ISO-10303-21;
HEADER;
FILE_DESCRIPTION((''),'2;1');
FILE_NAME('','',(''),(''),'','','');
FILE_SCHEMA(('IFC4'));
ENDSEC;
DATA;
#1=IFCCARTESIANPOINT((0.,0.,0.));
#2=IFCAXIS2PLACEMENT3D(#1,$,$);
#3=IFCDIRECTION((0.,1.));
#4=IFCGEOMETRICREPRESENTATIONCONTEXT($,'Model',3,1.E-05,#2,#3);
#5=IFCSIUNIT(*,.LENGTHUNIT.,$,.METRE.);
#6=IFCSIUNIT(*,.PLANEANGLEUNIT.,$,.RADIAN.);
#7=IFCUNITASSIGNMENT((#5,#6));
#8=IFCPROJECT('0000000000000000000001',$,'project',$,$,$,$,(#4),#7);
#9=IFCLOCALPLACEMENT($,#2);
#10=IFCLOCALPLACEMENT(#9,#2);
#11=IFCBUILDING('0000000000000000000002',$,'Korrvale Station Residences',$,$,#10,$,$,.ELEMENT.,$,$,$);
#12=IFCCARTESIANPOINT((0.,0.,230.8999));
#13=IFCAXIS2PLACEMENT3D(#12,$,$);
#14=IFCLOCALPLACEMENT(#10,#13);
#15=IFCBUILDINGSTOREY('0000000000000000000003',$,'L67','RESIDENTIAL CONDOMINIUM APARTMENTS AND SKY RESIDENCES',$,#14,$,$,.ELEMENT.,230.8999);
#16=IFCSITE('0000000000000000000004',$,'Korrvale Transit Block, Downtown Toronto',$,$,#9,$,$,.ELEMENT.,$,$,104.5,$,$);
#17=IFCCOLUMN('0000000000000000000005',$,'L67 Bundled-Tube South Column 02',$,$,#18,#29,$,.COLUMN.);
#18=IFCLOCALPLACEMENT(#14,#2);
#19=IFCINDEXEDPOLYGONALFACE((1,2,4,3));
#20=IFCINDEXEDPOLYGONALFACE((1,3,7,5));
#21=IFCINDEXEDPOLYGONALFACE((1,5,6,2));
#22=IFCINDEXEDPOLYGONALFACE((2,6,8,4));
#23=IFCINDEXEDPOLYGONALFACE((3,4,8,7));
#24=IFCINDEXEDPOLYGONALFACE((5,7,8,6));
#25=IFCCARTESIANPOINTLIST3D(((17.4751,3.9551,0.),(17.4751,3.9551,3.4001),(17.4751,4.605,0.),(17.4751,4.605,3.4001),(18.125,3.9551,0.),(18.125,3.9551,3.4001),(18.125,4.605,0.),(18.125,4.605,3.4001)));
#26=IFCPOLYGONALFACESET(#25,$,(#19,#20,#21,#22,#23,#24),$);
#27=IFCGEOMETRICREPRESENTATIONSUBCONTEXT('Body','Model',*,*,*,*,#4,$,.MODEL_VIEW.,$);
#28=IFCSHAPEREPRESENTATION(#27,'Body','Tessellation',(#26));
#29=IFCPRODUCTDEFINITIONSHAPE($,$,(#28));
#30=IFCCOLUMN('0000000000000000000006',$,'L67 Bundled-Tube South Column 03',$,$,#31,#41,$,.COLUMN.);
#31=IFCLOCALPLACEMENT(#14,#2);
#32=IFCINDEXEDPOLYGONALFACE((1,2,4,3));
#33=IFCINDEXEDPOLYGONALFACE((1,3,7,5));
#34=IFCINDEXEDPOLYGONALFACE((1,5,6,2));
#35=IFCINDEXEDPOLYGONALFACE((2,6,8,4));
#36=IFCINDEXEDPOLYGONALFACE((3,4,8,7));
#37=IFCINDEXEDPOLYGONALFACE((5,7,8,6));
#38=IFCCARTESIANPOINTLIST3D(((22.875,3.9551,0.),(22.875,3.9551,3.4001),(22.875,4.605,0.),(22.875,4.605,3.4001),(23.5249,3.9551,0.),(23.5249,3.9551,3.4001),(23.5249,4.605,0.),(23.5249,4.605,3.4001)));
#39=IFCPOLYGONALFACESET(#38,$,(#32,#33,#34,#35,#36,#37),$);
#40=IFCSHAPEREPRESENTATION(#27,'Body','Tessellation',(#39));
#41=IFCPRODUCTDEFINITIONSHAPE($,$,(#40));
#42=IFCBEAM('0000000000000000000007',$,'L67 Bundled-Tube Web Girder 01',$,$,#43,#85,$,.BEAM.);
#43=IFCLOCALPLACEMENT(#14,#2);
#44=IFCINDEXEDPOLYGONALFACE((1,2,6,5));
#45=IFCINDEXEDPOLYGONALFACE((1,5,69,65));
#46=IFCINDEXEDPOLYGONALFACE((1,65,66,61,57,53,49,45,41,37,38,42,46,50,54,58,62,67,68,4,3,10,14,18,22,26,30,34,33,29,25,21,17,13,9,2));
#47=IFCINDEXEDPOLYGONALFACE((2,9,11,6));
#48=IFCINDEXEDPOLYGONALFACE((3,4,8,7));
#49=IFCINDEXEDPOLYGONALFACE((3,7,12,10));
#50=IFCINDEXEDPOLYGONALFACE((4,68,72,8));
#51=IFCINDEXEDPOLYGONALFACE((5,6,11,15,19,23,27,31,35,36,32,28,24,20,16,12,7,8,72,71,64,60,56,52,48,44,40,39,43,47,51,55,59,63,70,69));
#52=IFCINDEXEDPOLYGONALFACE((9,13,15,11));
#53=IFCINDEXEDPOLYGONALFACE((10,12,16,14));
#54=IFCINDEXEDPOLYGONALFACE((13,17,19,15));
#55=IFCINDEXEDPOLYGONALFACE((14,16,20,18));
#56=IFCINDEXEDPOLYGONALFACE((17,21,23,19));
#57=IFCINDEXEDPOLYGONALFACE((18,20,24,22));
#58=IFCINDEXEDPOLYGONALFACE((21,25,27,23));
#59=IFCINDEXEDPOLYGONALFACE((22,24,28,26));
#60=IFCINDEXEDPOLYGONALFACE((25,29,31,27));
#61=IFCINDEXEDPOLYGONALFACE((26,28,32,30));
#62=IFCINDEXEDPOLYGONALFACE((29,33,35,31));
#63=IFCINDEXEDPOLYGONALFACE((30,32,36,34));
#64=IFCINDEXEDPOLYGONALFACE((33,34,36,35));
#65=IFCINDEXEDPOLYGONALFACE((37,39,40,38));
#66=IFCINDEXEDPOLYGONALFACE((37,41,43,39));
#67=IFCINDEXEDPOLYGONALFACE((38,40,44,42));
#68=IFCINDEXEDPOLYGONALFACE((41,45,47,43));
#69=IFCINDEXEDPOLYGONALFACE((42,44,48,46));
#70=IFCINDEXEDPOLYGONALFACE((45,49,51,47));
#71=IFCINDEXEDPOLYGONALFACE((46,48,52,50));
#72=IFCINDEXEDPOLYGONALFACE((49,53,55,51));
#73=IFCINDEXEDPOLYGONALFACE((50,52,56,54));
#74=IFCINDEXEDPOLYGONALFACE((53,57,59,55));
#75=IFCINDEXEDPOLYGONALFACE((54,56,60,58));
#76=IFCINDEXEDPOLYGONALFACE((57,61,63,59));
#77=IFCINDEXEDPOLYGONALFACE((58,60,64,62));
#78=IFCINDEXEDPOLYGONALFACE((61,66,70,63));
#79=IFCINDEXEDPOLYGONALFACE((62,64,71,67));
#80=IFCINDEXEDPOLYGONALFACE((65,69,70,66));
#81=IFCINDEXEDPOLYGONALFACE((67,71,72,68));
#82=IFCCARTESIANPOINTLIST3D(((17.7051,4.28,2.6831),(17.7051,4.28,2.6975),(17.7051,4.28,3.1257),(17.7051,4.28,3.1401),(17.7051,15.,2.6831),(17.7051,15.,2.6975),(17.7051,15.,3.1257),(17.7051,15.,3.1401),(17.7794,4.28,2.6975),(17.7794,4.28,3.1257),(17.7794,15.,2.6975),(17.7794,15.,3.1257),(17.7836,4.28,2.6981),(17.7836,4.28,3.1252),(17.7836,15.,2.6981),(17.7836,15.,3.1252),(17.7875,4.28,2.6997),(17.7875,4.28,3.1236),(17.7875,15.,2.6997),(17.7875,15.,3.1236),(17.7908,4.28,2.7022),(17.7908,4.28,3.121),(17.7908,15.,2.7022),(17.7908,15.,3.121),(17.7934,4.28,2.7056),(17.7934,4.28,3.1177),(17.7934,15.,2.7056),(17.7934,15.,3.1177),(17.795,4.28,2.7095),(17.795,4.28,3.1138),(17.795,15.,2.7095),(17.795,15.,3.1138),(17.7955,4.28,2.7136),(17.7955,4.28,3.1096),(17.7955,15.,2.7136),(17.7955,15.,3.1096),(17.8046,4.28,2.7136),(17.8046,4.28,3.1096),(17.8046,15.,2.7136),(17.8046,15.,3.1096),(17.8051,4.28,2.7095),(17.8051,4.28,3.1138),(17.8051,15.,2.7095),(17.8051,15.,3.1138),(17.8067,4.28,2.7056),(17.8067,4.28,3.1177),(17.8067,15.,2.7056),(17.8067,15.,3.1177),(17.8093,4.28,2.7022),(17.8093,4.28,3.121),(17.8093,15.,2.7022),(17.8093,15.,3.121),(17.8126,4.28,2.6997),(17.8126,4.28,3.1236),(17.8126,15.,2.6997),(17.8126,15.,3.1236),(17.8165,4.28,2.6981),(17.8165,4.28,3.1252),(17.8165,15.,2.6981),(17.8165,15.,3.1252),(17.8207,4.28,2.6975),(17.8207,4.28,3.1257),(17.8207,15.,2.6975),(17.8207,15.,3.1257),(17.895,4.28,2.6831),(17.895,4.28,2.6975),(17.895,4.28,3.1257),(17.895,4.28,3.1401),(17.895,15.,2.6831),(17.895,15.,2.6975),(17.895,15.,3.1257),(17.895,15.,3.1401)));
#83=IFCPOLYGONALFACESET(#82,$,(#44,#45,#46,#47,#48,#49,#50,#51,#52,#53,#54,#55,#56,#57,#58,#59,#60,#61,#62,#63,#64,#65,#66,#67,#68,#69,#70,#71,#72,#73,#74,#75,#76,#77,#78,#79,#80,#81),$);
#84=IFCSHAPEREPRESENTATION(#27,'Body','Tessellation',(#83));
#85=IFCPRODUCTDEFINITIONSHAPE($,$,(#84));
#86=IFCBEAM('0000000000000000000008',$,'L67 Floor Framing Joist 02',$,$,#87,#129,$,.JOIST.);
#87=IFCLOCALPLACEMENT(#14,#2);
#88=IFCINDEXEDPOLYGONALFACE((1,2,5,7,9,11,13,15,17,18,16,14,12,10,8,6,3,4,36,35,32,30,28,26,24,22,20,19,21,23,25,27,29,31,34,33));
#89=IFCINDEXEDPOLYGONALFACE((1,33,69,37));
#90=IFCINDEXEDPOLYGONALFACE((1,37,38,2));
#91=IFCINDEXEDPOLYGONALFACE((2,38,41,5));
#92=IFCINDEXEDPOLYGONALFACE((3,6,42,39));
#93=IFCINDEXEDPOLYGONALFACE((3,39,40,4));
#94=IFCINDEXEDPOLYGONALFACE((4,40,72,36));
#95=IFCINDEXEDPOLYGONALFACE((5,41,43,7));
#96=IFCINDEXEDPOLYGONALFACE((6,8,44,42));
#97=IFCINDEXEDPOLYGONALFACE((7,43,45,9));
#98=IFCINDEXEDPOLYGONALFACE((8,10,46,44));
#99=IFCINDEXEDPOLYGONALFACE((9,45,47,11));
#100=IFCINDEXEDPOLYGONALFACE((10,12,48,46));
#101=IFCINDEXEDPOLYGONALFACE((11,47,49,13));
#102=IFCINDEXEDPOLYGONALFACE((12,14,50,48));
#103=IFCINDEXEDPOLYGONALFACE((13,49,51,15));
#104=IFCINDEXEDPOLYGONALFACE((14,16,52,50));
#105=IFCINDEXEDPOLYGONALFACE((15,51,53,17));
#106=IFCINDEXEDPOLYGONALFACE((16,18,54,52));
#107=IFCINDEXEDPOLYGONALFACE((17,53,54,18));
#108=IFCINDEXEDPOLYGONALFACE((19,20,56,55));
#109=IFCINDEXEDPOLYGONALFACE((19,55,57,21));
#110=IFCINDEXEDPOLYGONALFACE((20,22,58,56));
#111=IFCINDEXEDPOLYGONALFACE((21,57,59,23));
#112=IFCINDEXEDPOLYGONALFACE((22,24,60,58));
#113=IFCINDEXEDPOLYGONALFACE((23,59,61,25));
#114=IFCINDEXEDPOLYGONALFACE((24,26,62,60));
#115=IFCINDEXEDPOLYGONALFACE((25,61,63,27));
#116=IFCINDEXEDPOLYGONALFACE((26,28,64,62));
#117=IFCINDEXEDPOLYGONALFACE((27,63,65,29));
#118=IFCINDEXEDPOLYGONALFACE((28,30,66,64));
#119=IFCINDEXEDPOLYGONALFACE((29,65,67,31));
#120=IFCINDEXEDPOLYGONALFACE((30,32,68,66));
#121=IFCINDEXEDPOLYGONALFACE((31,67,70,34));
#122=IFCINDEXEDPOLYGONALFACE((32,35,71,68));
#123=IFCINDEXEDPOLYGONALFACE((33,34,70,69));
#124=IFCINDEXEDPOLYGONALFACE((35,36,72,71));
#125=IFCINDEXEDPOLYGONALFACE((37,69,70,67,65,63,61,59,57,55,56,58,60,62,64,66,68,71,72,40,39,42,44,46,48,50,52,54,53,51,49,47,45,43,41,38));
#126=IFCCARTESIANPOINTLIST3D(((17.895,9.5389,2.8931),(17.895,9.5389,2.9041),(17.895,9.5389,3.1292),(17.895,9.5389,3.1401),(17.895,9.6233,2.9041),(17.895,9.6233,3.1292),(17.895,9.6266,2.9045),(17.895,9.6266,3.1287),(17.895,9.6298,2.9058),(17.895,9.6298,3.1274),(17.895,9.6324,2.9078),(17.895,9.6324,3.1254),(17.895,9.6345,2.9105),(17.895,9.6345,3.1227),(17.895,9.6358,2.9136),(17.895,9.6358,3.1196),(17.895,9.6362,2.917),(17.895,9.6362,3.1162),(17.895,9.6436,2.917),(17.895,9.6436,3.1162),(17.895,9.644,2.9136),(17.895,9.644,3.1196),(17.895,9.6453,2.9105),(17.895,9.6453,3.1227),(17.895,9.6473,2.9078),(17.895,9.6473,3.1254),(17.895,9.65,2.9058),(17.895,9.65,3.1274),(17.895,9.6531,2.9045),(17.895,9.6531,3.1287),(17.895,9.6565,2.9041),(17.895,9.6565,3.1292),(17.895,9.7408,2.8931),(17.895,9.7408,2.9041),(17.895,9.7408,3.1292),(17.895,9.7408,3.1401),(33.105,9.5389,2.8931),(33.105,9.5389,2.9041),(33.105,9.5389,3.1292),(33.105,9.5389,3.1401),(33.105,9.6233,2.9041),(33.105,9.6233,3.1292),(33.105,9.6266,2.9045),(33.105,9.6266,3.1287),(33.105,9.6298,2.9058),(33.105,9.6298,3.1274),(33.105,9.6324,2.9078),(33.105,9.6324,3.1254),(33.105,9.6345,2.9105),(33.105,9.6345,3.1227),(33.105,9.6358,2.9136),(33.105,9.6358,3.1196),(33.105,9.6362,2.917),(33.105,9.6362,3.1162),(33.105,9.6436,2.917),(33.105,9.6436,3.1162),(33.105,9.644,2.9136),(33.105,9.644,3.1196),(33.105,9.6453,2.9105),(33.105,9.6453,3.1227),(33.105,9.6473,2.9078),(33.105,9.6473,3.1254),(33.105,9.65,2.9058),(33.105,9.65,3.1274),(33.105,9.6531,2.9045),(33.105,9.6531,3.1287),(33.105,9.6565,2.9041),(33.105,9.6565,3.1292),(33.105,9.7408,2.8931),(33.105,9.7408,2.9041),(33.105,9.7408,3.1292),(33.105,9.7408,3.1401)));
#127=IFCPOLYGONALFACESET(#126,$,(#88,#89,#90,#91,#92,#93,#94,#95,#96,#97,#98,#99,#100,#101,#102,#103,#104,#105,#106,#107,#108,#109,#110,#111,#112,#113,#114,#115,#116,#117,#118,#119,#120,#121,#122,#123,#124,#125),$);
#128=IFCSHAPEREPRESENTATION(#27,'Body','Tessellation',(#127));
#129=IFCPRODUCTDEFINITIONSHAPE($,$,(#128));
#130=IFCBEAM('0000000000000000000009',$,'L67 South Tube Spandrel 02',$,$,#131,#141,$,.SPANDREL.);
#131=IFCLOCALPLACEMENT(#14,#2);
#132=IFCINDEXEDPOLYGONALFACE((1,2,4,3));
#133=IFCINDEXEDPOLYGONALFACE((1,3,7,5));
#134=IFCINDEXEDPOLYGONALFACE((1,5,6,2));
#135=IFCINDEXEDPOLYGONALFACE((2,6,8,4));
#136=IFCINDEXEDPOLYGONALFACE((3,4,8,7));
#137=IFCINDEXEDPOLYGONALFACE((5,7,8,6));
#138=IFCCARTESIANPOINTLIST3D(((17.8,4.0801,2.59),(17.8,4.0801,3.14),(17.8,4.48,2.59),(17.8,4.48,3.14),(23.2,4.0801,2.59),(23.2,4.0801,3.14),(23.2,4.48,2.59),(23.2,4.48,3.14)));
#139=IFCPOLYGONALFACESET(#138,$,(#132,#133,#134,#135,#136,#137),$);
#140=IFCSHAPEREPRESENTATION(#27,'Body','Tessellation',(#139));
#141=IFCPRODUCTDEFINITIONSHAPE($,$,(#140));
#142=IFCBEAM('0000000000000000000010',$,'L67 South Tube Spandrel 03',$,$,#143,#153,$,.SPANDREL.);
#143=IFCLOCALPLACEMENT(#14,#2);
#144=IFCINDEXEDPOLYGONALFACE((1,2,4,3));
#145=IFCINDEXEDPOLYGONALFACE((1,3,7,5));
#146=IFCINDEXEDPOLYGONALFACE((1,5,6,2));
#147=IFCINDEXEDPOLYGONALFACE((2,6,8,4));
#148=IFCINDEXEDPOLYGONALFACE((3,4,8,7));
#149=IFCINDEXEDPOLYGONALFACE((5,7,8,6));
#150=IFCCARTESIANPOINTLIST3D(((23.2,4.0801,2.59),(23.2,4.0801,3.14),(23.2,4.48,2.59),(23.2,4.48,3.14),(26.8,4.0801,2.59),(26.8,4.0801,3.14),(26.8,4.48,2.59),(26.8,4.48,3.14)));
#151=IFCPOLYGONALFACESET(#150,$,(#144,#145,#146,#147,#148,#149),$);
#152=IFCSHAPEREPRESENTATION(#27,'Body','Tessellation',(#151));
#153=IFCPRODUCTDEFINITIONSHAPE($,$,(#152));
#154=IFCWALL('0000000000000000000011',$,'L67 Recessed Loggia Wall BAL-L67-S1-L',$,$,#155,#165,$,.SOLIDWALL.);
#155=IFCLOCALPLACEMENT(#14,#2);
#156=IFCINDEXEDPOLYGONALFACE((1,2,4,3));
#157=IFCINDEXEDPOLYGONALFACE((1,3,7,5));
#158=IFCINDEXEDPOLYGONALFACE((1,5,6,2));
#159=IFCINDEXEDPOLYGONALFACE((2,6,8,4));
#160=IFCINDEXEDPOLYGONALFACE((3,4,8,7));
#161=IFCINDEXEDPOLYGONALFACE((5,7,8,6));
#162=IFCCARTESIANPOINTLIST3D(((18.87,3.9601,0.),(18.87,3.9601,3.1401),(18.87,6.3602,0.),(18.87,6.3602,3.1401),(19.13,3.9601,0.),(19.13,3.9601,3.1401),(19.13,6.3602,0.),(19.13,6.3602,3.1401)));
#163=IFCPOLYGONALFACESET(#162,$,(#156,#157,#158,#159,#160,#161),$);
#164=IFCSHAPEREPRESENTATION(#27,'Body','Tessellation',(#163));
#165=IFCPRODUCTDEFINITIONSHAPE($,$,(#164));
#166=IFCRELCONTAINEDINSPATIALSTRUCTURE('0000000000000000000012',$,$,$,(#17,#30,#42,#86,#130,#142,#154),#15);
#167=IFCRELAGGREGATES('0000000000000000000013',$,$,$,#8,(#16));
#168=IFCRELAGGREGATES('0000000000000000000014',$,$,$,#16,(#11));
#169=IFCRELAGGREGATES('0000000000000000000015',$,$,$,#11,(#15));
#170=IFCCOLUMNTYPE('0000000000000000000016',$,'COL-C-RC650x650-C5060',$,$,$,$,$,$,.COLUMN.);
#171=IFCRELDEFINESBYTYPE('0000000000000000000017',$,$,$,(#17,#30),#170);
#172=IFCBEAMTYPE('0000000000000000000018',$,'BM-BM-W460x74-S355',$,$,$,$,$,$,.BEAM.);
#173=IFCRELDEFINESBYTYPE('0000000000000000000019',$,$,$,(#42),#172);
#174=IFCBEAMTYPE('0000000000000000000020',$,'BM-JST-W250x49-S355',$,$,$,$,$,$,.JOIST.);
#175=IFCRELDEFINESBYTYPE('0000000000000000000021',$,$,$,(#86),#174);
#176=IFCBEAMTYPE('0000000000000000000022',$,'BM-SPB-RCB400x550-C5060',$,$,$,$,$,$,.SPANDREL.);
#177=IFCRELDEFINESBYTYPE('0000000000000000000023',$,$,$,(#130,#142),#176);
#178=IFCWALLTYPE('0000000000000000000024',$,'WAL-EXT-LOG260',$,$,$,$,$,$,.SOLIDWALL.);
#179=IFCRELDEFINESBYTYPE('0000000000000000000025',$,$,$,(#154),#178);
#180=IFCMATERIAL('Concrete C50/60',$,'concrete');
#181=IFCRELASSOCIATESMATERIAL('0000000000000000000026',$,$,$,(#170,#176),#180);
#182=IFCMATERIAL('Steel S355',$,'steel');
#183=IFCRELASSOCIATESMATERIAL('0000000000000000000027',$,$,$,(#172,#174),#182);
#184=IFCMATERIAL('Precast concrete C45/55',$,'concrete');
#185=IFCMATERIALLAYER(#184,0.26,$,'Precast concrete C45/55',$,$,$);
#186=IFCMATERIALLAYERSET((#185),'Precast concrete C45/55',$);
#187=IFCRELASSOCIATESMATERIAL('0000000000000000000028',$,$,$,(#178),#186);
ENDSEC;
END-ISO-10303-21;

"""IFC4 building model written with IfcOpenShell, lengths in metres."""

from ifc_helpers import new_model, si_unit, direction, frame, frame_2d, origin, origin_2d, place, context, subcontext, project, spatial, rectangle, i_section, extrude, material, layer, layer_set, material_profile, profile_set, type_object, element, save


model = new_model("IFC4")

# Units and contexts
model_context = context("Model", 3, precision=1e-05, world=origin(), true_north=direction((0.0, 1.0)))
body_context = subcontext(model_context, "Body", "Model", "MODEL_VIEW")
ifc_project = project(units=[si_unit("LENGTHUNIT", "METRE"), si_unit("PLANEANGLEUNIT", "RADIAN")], contexts=[model_context])

# Site, building, storey
site_placement = place(None, origin())
site = spatial("IfcSite", under=ifc_project, at=site_placement, Name="Korrvale Transit Block, Downtown Toronto", CompositionType="ELEMENT", RefElevation=104.5)
building_placement = place(site_placement, origin())
building = spatial("IfcBuilding", under=site, at=building_placement, Name="Korrvale Station Residences", CompositionType="ELEMENT")
storey_placement = place(building_placement, frame((0.0, 0.0, 230.8999)))
storey = spatial("IfcBuildingStorey", under=building, at=storey_placement, Name="L67", Description="RESIDENTIAL CONDOMINIUM APARTMENTS AND SKY RESIDENCES", CompositionType="ELEMENT", Elevation=230.8999)

# Columns
ifc_material_1 = material(Name="Concrete C50/60", Category="concrete")
ifc_material_profile_1 = material_profile(ifc_material_1, rectangle(XDim=0.6499, YDim=0.6499, at=origin_2d()), Name="RC650x650")
ifc_profile_set_1 = profile_set([ifc_material_profile_1], Name="Concrete C50/60")
column_type = type_object("IfcColumnType", Name="COL-C-RC650x650-C5060", PredefinedType="COLUMN", material=ifc_profile_set_1)
for number, where, z_axis, x_axis, name in (
    (1, (17.8, 4.28, 0.0), (0.0, 0.0, 1.0), (1.0, 0.0, 0.0), "L67 Bundled-Tube South Column 02"),
    (2, (23.2, 4.28, 0.0), (0.0, 0.0, 1.0), (1.0, 0.0, 0.0), "L67 Bundled-Tube South Column 03"),
):
    element("IfcColumn", number, at=place(storey_placement, frame(where, z_axis=z_axis, x_axis=x_axis)), inside=storey, type_object=column_type, Name=name, PredefinedType="COLUMN", context=body_context, shape_type="SweptSolid", body=[
        extrude(rectangle(XDim=0.6499, YDim=0.6499, at=origin_2d()), origin(), (0.0, 0.0, 1.0), 3.4001),
    ])

# Beams
ifc_material_2 = material(Name="Steel S355", Category="steel")
ifc_material_profile_2 = material_profile(ifc_material_2, i_section(OverallWidth=0.1899, OverallDepth=0.457, WebThickness=0.009, FlangeThickness=0.0144, FilletRadius=0.0161, at=origin_2d()), Name="W460x74")
ifc_profile_set_2 = profile_set([ifc_material_profile_2], Name="Steel S355")
beam_type_1 = type_object("IfcBeamType", Name="BM-BM-W460x74-S355", PredefinedType="BEAM", material=ifc_profile_set_2)
beam_1_placement = place(storey_placement, frame((17.8, 4.28, 2.9116), z_axis=(0.0, 1.0, 0.0), x_axis=(-1.0, 0.0, 0.0)))
element("IfcBeam", 3, at=beam_1_placement, inside=storey, type_object=beam_type_1, Name="L67 Bundled-Tube Web Girder 01", PredefinedType="BEAM", context=body_context, shape_type="SweptSolid", body=[
    extrude(i_section(OverallWidth=0.1899, OverallDepth=0.457, WebThickness=0.009, FlangeThickness=0.0144, FilletRadius=0.0161, at=origin_2d()), origin(), (0.0, 0.0, 1.0), 10.72),
])
ifc_material_profile_3 = material_profile(ifc_material_2, i_section(OverallWidth=0.2019, OverallDepth=0.2471, WebThickness=0.0073, FlangeThickness=0.011, FilletRadius=0.0129, at=origin_2d()), Name="W250x49")
ifc_profile_set_3 = profile_set([ifc_material_profile_3], Name="Steel S355")
beam_type_2 = type_object("IfcBeamType", Name="BM-JST-W250x49-S355", PredefinedType="JOIST", material=ifc_profile_set_3)
beam_2_placement = place(storey_placement, frame((17.895, 9.6399, 3.0166), z_axis=(1.0, 0.0, 0.0), x_axis=(0.0, 1.0, 0.0)))
element("IfcBeam", 4, at=beam_2_placement, inside=storey, type_object=beam_type_2, Name="L67 Floor Framing Joist 02", PredefinedType="JOIST", context=body_context, shape_type="SweptSolid", body=[
    extrude(i_section(OverallWidth=0.2019, OverallDepth=0.2471, WebThickness=0.0073, FlangeThickness=0.011, FilletRadius=0.0129, at=origin_2d()), origin(), (0.0, 0.0, 1.0), 15.21),
])
ifc_material_profile_4 = material_profile(ifc_material_1, rectangle(XDim=0.3999, YDim=0.55, at=origin_2d()), Name="RCB400x550")
ifc_profile_set_4 = profile_set([ifc_material_profile_4], Name="Concrete C50/60")
beam_type_3 = type_object("IfcBeamType", Name="BM-SPB-RCB400x550-C5060", PredefinedType="SPANDREL", material=ifc_profile_set_4)
beam_3_placement = place(storey_placement, frame((17.8, 4.28, 2.865), z_axis=(1.0, 0.0, 0.0), x_axis=(0.0, 1.0, 0.0)))
element("IfcBeam", 5, at=beam_3_placement, inside=storey, type_object=beam_type_3, Name="L67 South Tube Spandrel 02", PredefinedType="SPANDREL", context=body_context, shape_type="SweptSolid", body=[
    extrude(rectangle(XDim=0.3999, YDim=0.55, at=origin_2d()), origin(), (0.0, 0.0, 1.0), 5.3999),
])
beam_4_placement = place(storey_placement, frame((23.2, 4.28, 2.865), z_axis=(1.0, 0.0, 0.0), x_axis=(0.0, 1.0, 0.0)))
element("IfcBeam", 6, at=beam_4_placement, inside=storey, type_object=beam_type_3, Name="L67 South Tube Spandrel 03", PredefinedType="SPANDREL", context=body_context, shape_type="SweptSolid", body=[
    extrude(rectangle(XDim=0.3999, YDim=0.55, at=origin_2d()), origin(), (0.0, 0.0, 1.0), 3.6001),
])

# Wall
ifc_material_3 = material(Name="Precast concrete C45/55", Category="concrete")
ifc_layer_1 = layer(ifc_material_3, 0.26, Name="Precast concrete C45/55")
ifc_layer_set_1 = layer_set([ifc_layer_1], Name="Precast concrete C45/55")
wall_type_1 = type_object("IfcWallType", Name="WAL-EXT-LOG260", PredefinedType="SOLIDWALL", material=ifc_layer_set_1)
wall_1_placement = place(storey_placement, frame((19.0, 3.96, 0.0), z_axis=(0.0, 0.0, 1.0), x_axis=(0.0, 1.0, 0.0)))
element("IfcWall", 7, at=wall_1_placement, inside=storey, type_object=wall_type_1, Name="L67 Recessed Loggia Wall BAL-L67-S1-L", PredefinedType="SOLIDWALL", context=body_context, shape_type="SweptSolid", body=[
    extrude(rectangle(XDim=2.4001, YDim=0.26, at=frame_2d((1.2002, 0.0))), origin(), (0.0, 0.0, 1.0), 3.1401),
])

save(model, "model.ifc")
